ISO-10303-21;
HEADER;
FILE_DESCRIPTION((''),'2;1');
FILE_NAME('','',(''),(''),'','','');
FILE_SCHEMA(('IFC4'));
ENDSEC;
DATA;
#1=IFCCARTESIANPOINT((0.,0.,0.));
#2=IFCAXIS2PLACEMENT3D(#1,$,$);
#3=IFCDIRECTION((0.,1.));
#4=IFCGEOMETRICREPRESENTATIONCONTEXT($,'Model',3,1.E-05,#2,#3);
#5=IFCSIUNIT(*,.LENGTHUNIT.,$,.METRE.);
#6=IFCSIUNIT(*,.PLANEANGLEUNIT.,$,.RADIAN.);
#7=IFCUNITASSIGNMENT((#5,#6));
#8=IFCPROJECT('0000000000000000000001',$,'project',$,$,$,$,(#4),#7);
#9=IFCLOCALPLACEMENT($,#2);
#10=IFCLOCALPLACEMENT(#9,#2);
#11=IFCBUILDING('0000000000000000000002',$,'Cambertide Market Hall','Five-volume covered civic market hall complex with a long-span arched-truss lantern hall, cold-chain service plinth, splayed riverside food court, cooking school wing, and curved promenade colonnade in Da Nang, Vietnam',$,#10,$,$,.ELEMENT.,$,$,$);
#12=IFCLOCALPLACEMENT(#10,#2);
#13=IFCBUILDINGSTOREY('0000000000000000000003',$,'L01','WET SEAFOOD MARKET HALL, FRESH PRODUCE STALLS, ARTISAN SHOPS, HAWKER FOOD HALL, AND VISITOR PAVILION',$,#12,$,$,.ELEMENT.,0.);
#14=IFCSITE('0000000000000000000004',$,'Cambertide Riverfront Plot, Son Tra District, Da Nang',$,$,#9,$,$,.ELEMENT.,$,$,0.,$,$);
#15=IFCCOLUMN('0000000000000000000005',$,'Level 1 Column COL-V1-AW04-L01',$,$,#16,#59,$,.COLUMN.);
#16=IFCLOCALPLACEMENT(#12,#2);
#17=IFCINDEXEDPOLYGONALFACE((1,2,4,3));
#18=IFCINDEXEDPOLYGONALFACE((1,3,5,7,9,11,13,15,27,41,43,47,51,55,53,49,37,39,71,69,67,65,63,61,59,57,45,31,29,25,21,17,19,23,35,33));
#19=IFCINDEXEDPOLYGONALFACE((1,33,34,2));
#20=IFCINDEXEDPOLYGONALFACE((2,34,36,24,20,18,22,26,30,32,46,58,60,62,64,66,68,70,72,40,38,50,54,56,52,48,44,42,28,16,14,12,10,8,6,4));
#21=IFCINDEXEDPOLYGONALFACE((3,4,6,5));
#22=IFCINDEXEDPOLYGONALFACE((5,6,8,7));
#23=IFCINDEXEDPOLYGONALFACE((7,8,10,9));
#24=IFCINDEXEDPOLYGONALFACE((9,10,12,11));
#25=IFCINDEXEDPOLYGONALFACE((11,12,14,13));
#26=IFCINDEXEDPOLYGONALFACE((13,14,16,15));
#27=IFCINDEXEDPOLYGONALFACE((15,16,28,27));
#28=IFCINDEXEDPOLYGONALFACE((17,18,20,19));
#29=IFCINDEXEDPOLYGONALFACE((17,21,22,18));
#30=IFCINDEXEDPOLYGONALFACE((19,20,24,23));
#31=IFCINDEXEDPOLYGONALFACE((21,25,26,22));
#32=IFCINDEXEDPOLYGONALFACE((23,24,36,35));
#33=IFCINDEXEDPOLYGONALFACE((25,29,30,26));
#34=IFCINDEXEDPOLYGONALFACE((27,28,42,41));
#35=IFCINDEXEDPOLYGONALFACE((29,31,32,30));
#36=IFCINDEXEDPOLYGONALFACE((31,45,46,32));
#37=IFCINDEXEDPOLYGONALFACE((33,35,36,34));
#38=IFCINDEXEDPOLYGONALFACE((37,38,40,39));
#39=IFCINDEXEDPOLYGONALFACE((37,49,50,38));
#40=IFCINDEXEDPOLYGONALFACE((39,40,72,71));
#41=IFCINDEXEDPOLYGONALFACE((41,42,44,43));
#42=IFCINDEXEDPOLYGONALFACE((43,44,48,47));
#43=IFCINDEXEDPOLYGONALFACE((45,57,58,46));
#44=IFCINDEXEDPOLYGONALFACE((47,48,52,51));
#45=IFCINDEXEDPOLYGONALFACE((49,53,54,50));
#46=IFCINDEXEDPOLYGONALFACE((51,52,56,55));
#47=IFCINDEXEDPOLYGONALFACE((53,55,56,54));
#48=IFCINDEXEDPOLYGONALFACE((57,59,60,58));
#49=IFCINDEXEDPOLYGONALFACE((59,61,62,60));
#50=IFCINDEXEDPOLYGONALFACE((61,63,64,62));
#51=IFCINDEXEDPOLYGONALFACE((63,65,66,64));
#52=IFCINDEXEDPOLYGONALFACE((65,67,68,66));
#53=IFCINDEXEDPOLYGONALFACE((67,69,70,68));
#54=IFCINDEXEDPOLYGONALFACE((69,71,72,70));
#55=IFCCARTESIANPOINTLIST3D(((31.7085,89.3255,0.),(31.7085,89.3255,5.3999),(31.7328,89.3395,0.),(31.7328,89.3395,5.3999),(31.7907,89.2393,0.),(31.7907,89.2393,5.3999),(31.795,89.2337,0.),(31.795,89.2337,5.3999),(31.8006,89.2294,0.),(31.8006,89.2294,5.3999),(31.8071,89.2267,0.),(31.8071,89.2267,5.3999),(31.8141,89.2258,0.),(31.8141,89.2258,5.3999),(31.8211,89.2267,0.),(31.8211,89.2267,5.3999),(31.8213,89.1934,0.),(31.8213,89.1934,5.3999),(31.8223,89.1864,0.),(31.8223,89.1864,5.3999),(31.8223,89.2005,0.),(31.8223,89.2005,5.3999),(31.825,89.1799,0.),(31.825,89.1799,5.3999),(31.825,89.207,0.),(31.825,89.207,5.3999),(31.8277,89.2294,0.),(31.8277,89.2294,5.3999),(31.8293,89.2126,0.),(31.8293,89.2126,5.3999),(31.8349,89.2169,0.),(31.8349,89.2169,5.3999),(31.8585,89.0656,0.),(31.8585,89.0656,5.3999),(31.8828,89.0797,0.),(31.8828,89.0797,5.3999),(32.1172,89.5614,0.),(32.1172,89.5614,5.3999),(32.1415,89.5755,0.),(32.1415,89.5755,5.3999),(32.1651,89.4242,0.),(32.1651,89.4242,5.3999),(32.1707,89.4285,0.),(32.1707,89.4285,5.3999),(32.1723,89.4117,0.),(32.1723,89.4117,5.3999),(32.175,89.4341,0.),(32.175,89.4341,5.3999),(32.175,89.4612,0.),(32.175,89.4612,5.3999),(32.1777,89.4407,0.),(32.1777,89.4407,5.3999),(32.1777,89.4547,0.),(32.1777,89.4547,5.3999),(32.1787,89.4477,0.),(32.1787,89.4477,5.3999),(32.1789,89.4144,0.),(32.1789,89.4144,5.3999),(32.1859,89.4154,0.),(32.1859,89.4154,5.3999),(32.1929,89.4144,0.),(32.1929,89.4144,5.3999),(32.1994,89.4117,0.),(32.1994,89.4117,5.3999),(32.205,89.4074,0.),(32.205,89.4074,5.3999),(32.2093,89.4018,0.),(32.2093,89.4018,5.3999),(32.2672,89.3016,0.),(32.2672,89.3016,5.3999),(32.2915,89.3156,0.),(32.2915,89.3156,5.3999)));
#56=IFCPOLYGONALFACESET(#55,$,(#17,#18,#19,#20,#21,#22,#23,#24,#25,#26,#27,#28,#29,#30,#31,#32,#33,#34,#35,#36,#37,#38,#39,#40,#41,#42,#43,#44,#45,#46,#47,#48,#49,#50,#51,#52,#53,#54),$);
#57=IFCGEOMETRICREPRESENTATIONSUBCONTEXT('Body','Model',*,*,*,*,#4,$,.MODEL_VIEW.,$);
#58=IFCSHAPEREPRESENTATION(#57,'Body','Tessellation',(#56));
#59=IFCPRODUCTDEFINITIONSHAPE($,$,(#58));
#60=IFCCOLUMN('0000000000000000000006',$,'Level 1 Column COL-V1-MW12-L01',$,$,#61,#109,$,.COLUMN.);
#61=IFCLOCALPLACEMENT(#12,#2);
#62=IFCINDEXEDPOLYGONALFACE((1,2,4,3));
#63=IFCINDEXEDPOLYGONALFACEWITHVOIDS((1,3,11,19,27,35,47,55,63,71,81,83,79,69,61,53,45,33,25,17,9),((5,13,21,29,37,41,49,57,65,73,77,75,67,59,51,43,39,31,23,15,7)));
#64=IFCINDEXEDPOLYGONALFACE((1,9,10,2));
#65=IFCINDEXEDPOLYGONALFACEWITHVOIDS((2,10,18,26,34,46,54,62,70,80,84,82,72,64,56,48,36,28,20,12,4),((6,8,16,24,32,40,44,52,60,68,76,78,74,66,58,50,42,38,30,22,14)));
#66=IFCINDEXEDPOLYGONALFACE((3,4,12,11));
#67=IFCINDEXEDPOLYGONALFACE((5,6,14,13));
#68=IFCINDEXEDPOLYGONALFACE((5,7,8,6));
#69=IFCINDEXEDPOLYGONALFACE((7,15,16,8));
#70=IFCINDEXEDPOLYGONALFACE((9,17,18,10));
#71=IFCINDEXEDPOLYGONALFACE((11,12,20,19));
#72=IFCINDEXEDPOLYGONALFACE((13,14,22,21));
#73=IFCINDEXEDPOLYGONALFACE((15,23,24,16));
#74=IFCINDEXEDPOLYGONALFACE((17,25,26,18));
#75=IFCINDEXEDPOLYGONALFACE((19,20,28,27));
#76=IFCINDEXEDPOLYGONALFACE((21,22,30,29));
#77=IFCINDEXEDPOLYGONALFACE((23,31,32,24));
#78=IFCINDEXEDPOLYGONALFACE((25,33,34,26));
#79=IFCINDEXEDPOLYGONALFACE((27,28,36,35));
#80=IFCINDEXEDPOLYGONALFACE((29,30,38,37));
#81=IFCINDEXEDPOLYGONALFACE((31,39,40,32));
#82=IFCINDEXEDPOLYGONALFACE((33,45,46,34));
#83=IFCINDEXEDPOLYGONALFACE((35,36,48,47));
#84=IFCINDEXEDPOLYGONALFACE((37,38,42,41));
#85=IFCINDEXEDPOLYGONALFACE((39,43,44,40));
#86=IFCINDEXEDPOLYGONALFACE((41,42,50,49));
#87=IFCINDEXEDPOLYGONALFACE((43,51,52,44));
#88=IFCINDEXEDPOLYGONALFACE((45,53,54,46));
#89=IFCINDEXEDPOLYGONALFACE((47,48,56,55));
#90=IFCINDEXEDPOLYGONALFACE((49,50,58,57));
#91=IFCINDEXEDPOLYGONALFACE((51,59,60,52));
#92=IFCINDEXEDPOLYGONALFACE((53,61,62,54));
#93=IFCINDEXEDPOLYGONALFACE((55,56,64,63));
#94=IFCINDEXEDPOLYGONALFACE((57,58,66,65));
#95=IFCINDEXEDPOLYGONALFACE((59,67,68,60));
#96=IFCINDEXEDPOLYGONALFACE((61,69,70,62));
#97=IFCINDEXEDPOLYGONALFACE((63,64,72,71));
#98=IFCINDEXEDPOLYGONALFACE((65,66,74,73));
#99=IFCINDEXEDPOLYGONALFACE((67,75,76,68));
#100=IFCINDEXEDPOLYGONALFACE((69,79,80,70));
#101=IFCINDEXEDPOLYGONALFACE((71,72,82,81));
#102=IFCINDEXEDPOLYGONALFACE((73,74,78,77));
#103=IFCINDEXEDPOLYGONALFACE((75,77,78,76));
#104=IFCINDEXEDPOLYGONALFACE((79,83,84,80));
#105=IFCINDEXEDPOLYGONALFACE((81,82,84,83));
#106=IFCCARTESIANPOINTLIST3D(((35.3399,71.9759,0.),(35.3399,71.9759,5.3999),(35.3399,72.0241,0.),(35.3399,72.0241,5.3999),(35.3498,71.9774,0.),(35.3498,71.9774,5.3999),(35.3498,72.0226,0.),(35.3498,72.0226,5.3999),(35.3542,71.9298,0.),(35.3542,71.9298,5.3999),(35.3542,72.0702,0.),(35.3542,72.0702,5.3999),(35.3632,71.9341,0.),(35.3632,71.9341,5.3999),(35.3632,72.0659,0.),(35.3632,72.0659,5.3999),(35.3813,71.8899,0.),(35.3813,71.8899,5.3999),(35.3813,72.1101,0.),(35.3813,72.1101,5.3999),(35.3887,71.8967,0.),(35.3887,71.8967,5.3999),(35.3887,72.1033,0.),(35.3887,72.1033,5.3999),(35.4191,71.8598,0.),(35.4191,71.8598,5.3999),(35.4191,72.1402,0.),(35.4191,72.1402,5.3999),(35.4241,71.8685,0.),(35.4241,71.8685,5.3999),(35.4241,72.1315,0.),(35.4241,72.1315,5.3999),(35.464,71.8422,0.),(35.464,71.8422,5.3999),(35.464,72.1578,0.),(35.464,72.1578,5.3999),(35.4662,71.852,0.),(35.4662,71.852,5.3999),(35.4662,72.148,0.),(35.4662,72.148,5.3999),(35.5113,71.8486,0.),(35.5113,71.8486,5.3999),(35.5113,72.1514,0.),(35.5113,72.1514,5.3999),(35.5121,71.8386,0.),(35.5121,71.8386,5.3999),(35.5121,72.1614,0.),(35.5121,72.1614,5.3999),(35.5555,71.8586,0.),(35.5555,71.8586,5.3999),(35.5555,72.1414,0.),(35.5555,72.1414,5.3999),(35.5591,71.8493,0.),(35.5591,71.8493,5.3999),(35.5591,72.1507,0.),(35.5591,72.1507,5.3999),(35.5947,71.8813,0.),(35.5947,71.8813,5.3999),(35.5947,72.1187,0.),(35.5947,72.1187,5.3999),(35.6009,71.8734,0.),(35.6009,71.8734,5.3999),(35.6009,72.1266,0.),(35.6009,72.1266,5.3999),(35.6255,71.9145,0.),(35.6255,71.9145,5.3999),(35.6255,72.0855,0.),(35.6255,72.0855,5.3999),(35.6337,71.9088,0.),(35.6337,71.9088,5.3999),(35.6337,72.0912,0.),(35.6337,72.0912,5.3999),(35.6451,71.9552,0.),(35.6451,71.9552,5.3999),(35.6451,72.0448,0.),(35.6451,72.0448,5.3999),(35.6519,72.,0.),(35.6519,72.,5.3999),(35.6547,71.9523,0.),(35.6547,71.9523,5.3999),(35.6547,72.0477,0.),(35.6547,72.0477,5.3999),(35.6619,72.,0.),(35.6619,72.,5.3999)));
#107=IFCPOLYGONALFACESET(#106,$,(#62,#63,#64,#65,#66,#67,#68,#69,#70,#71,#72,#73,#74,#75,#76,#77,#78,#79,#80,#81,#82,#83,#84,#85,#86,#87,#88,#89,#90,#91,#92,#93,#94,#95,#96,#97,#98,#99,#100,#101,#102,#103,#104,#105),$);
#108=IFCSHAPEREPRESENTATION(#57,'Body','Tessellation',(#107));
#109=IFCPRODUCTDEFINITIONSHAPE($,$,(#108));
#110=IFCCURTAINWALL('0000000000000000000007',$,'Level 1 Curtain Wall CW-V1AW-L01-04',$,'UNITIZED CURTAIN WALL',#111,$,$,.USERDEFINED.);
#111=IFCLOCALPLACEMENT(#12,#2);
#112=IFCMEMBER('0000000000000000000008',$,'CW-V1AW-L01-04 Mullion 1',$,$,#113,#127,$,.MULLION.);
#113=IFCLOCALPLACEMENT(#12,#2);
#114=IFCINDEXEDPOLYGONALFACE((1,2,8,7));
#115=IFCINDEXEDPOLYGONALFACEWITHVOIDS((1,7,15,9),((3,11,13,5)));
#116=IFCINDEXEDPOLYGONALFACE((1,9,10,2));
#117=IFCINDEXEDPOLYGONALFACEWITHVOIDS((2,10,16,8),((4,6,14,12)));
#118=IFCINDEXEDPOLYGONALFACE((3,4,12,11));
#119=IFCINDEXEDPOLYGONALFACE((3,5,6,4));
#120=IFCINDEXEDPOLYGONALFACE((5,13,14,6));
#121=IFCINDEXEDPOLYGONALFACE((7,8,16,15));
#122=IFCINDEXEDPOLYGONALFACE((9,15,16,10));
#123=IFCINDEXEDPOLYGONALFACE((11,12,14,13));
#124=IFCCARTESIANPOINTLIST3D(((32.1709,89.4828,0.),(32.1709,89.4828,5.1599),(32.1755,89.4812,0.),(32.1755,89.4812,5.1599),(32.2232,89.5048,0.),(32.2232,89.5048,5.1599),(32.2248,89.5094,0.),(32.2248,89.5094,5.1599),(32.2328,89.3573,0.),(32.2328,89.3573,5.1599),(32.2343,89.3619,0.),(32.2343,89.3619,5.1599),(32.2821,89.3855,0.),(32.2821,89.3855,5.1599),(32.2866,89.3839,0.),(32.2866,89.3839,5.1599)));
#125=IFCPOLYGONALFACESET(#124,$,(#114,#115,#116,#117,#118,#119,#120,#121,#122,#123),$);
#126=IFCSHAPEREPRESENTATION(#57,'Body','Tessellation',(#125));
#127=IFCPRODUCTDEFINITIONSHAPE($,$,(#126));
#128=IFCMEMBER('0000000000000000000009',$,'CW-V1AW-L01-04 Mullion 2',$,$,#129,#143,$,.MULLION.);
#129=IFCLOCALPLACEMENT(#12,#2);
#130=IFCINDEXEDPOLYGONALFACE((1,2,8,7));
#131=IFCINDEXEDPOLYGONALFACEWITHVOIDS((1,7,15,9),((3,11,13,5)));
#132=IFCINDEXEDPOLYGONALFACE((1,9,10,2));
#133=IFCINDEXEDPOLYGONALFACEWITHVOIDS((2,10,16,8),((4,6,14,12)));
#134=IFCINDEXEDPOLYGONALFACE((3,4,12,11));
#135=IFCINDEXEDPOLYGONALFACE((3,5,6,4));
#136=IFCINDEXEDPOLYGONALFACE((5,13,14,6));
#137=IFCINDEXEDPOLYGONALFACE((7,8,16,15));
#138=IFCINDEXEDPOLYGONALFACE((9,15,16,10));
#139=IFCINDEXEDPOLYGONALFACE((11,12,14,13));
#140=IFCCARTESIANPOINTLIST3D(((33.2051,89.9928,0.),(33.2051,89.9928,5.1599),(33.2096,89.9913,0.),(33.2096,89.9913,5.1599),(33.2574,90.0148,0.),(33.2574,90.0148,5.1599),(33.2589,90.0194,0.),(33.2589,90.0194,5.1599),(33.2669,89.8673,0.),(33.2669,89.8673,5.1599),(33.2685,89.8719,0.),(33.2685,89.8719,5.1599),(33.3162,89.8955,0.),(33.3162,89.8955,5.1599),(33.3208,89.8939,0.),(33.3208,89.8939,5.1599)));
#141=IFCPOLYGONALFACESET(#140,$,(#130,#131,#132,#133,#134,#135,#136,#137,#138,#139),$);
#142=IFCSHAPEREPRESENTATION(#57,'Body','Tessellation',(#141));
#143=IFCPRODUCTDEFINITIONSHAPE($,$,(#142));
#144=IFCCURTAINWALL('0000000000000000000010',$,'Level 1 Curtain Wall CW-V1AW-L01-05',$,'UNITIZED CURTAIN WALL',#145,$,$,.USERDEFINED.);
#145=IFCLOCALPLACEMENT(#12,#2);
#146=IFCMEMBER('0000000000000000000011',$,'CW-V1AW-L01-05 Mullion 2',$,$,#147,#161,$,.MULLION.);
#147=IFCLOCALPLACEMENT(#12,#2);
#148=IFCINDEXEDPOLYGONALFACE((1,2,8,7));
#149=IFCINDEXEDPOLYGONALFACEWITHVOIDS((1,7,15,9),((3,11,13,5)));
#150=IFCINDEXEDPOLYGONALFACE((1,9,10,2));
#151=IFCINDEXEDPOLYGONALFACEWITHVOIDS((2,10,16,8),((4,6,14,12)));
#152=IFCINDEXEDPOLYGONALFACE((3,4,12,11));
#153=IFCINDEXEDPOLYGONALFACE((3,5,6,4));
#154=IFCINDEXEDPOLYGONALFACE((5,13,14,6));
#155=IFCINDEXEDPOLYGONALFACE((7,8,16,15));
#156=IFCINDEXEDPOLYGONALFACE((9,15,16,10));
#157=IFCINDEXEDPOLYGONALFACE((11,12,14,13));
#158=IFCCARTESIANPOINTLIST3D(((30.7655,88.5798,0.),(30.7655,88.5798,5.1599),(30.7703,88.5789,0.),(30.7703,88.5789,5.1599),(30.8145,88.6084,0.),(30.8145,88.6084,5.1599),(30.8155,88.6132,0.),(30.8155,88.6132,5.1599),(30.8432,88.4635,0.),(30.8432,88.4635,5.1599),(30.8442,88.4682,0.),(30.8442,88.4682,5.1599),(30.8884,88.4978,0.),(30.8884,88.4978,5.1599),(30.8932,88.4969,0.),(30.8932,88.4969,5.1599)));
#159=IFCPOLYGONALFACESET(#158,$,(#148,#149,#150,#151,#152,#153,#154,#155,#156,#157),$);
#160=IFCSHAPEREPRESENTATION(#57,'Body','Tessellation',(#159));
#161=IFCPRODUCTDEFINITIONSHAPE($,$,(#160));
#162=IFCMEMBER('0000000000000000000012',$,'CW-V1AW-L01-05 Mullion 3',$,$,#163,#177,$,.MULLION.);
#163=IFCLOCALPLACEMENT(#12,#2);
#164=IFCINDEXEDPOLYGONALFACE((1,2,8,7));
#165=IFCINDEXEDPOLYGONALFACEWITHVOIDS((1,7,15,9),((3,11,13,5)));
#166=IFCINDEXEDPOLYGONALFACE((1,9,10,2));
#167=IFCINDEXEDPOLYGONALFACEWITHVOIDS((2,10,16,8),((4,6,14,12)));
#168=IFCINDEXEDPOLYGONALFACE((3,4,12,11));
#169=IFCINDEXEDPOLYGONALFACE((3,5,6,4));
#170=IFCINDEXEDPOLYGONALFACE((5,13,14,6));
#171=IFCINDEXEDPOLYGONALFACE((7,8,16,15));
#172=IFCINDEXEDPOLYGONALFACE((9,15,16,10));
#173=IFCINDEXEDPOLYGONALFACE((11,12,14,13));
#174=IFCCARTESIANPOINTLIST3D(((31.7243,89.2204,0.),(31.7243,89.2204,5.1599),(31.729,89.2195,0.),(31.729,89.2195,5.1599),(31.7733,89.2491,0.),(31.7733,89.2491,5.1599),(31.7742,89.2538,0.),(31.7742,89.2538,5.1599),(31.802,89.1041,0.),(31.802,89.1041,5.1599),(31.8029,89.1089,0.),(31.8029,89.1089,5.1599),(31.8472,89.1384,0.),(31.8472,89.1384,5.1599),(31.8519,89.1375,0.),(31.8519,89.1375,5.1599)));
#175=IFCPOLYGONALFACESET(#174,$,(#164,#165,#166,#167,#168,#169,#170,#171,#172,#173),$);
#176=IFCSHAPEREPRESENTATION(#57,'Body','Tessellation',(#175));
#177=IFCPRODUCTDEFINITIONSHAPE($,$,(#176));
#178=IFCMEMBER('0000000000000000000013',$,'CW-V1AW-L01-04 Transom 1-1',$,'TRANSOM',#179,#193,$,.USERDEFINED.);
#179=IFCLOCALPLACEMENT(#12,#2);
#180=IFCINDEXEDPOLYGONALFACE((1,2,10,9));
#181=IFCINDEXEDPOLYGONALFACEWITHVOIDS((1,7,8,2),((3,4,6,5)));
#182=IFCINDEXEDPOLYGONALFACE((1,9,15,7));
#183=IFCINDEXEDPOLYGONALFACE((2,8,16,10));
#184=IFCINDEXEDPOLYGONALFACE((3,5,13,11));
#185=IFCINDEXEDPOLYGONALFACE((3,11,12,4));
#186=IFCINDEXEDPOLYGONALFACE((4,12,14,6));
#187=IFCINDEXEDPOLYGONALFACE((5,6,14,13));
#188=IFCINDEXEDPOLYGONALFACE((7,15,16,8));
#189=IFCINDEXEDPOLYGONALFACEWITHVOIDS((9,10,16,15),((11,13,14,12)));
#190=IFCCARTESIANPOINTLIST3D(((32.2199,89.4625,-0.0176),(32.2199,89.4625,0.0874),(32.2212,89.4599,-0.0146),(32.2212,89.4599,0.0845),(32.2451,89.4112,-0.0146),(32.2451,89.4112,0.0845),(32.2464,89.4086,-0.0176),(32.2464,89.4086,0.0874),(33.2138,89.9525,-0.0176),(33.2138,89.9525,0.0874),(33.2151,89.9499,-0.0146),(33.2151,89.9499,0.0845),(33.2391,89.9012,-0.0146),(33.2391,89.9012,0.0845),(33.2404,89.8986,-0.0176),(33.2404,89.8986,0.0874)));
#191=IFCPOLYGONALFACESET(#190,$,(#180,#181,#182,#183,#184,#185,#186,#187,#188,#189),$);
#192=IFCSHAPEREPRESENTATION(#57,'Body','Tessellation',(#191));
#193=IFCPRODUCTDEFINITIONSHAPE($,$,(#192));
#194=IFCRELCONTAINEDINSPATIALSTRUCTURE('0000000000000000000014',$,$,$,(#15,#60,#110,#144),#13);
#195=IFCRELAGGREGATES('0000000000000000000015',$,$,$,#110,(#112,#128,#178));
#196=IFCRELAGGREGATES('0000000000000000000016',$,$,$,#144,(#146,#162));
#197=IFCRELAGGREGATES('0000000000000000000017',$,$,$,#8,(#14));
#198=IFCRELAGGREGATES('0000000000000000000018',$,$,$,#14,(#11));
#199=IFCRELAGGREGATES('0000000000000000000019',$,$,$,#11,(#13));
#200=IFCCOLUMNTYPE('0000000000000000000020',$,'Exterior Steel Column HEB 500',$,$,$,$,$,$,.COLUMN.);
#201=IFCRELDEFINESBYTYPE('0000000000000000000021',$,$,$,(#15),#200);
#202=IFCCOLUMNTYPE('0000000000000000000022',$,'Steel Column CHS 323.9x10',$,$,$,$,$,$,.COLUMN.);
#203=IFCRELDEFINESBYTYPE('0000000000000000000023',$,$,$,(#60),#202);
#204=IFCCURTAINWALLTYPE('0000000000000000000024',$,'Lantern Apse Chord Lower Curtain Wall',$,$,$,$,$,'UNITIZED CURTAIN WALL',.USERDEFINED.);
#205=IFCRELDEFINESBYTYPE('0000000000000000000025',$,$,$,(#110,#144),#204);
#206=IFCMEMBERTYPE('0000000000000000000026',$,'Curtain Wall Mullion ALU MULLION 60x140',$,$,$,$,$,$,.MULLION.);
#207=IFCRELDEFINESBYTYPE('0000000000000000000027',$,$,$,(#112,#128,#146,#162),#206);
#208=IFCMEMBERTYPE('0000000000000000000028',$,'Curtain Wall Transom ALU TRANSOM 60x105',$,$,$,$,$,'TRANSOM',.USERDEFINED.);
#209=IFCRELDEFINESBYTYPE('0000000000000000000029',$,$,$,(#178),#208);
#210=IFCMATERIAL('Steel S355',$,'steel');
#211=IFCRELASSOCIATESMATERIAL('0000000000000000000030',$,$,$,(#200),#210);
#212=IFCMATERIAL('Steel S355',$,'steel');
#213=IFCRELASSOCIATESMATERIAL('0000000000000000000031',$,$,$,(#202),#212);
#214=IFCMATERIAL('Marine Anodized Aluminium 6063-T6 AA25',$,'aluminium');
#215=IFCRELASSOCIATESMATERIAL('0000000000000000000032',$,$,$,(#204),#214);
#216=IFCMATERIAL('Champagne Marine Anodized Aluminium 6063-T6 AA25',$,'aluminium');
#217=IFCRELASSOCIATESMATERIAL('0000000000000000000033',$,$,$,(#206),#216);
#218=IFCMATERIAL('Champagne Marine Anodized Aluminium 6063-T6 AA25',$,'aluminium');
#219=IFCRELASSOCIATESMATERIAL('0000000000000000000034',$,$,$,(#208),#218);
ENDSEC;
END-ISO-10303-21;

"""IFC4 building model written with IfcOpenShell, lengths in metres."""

from ifc_helpers import new_model, si_unit, direction, frame, origin, origin_2d, place, context, subcontext, project, spatial, hollow_rectangle, hollow_circle, i_section, extrude, material, material_profile, profile_set, type_object, element, aggregate, save


model = new_model("IFC4")

# Units and contexts
model_context = context("Model", 3, precision=1e-05, world=origin(), true_north=direction((0.0, 1.0)))
body_context = subcontext(model_context, "Body", "Model", "MODEL_VIEW")
ifc_project = project(units=[si_unit("LENGTHUNIT", "METRE"), si_unit("PLANEANGLEUNIT", "RADIAN")], contexts=[model_context])

# Site, building, storey
site_placement = place(None, origin())
site = spatial("IfcSite", under=ifc_project, at=site_placement, Name="Cambertide Riverfront Plot, Son Tra District, Da Nang", CompositionType="ELEMENT", RefElevation=0.0)
building_placement = place(site_placement, origin())
building = spatial("IfcBuilding", under=site, at=building_placement, Name="Cambertide Market Hall", Description="Five-volume covered civic market hall complex with a long-span arched-truss lantern hall, cold-chain service plinth, splayed riverside food court, cooking school wing, and curved promenade colonnade in Da Nang, Vietnam", CompositionType="ELEMENT")
storey_placement = place(building_placement, origin())
storey = spatial("IfcBuildingStorey", under=building, at=storey_placement, Name="L01", Description="WET SEAFOOD MARKET HALL, FRESH PRODUCE STALLS, ARTISAN SHOPS, HAWKER FOOD HALL, AND VISITOR PAVILION", CompositionType="ELEMENT", Elevation=0.0)

# Columns
ifc_material_1 = material(Name="Steel S355", Category="steel")
ifc_material_profile_1 = material_profile(ifc_material_1, i_section(OverallWidth=0.3, OverallDepth=0.5, WebThickness=0.0144, FlangeThickness=0.0281, FilletRadius=0.0271, at=origin_2d()), Name="HEB 500")
ifc_profile_set_1 = profile_set([ifc_material_profile_1], Name="Steel S355")
column_type_1 = type_object("IfcColumnType", Name="Exterior Steel Column HEB 500", PredefinedType="COLUMN", material=ifc_profile_set_1)
column_1_placement = place(storey_placement, frame((32.0, 89.3206, 0.0), z_axis=(0.0, 0.0, 1.0), x_axis=(-0.5, 0.866025, 0.0)))
element("IfcColumn", 1, at=column_1_placement, inside=storey, type_object=column_type_1, Name="Level 1 Column COL-V1-AW04-L01", PredefinedType="COLUMN", context=body_context, shape_type="SweptSolid", body=[
    extrude(i_section(OverallWidth=0.3, OverallDepth=0.5, WebThickness=0.0144, FlangeThickness=0.0281, FilletRadius=0.0271, at=origin_2d()), origin(), (0.0, 0.0, 1.0), 5.3999),
])
ifc_material_2 = material(Name="Steel S355", Category="steel")
ifc_material_profile_2 = material_profile(ifc_material_2, hollow_circle(Radius=0.1619, WallThickness=0.01, at=origin_2d()), Name="CHS 323.9x10")
ifc_profile_set_2 = profile_set([ifc_material_profile_2], Name="Steel S355")
column_type_2 = type_object("IfcColumnType", Name="Steel Column CHS 323.9x10", PredefinedType="COLUMN", material=ifc_profile_set_2)
column_2_placement = place(storey_placement, frame((35.5, 72.0, 0.0), z_axis=(0.0, 0.0, 1.0), x_axis=(1.0, 0.0, 0.0)))
element("IfcColumn", 2, at=column_2_placement, inside=storey, type_object=column_type_2, Name="Level 1 Column COL-V1-MW12-L01", PredefinedType="COLUMN", context=body_context, shape_type="SweptSolid", body=[
    extrude(hollow_circle(Radius=0.1619, WallThickness=0.01, at=origin_2d()), origin(), (0.0, 0.0, 1.0), 5.3999),
])

# Curtain walls, members
ifc_material_3 = material(Name="Marine Anodized Aluminium 6063-T6 AA25", Category="aluminium")
curtain_wall_type = type_object("IfcCurtainWallType", Name="Lantern Apse Chord Lower Curtain Wall", ElementType="UNITIZED CURTAIN WALL", PredefinedType="USERDEFINED", material=ifc_material_3)
curtain_wall_1_placement = place(storey_placement, origin())
curtain_wall_1 = element("IfcCurtainWall", 3, at=curtain_wall_1_placement, inside=storey, type_object=curtain_wall_type, Name="Level 1 Curtain Wall CW-V1AW-L01-04", ObjectType="UNITIZED CURTAIN WALL", PredefinedType="USERDEFINED")
ifc_material_4 = material(Name="Champagne Marine Anodized Aluminium 6063-T6 AA25", Category="aluminium")
ifc_material_profile_3 = material_profile(ifc_material_4, hollow_rectangle(XDim=0.0601, YDim=0.1399, WallThickness=0.0034, at=origin_2d()), Name="ALU MULLION 60x140")
ifc_profile_set_3 = profile_set([ifc_material_profile_3], Name="Champagne Marine Anodized Aluminium 6063-T6 AA25")
member_type_1 = type_object("IfcMemberType", Name="Curtain Wall Mullion ALU MULLION 60x140", PredefinedType="MULLION", material=ifc_profile_set_3)
member_1_placement = place(storey_placement, frame((32.2288, 89.4333, 0.0), z_axis=(0.0, 0.0, 1.0), x_axis=(0.896873, 0.442289, 0.0)))
member_1 = element("IfcMember", 4, at=member_1_placement, type_object=member_type_1, Name="CW-V1AW-L01-04 Mullion 1", PredefinedType="MULLION", context=body_context, shape_type="SweptSolid", body=[
    extrude(hollow_rectangle(XDim=0.0601, YDim=0.1399, WallThickness=0.0034, at=origin_2d()), origin(), (0.0, 0.0, 1.0), 5.1599),
])
member_2_placement = place(storey_placement, frame((33.2629, 89.9434, 0.0), z_axis=(0.0, 0.0, 1.0), x_axis=(0.896873, 0.442289, 0.0)))
member_2 = element("IfcMember", 5, at=member_2_placement, type_object=member_type_1, Name="CW-V1AW-L01-04 Mullion 2", PredefinedType="MULLION", context=body_context, shape_type="SweptSolid", body=[
    extrude(hollow_rectangle(XDim=0.0601, YDim=0.1399, WallThickness=0.0034, at=origin_2d()), origin(), (0.0, 0.0, 1.0), 5.1599),
])
curtain_wall_2_placement = place(storey_placement, origin())
curtain_wall_2 = element("IfcCurtainWall", 6, at=curtain_wall_2_placement, inside=storey, type_object=curtain_wall_type, Name="Level 1 Curtain Wall CW-V1AW-L01-05", ObjectType="UNITIZED CURTAIN WALL", PredefinedType="USERDEFINED")
member_3_placement = place(storey_placement, frame((30.8293, 88.5383, 0.0), z_axis=(0.0, 0.0, 1.0), x_axis=(0.83147, 0.55557, 0.0)))
member_3 = element("IfcMember", 7, at=member_3_placement, type_object=member_type_1, Name="CW-V1AW-L01-05 Mullion 2", PredefinedType="MULLION", context=body_context, shape_type="SweptSolid", body=[
    extrude(hollow_rectangle(XDim=0.0601, YDim=0.1399, WallThickness=0.0034, at=origin_2d()), origin(), (0.0, 0.0, 1.0), 5.1599),
])
member_4_placement = place(storey_placement, frame((31.7881, 89.179, 0.0), z_axis=(0.0, 0.0, 1.0), x_axis=(0.83147, 0.55557, 0.0)))
member_4 = element("IfcMember", 8, at=member_4_placement, type_object=member_type_1, Name="CW-V1AW-L01-05 Mullion 3", PredefinedType="MULLION", context=body_context, shape_type="SweptSolid", body=[
    extrude(hollow_rectangle(XDim=0.0601, YDim=0.1399, WallThickness=0.0034, at=origin_2d()), origin(), (0.0, 0.0, 1.0), 5.1599),
])

# Member
ifc_material_5 = material(Name="Champagne Marine Anodized Aluminium 6063-T6 AA25", Category="aluminium")
ifc_material_profile_4 = material_profile(ifc_material_5, hollow_rectangle(XDim=0.0601, YDim=0.105, WallThickness=0.0029, at=origin_2d()), Name="ALU TRANSOM 60x105")
ifc_profile_set_4 = profile_set([ifc_material_profile_4], Name="Champagne Marine Anodized Aluminium 6063-T6 AA25")
member_type_2 = type_object("IfcMemberType", Name="Curtain Wall Transom ALU TRANSOM 60x105", ElementType="TRANSOM", PredefinedType="USERDEFINED", material=ifc_profile_set_4)
member_5_placement = place(storey_placement, frame((32.2332, 89.4355, 0.0349), z_axis=(0.896925, 0.442183, 0.0), x_axis=(-0.442183, 0.896925, 0.0)))
member_5 = element("IfcMember", 9, at=member_5_placement, type_object=member_type_2, Name="CW-V1AW-L01-04 Transom 1-1", ObjectType="TRANSOM", PredefinedType="USERDEFINED", context=body_context, shape_type="SweptSolid", body=[
    extrude(hollow_rectangle(XDim=0.0601, YDim=0.105, WallThickness=0.0029, at=origin_2d()), origin(), (0.0, 0.0, 1.0), 1.1082),
])

aggregate(curtain_wall_1, [member_1, member_2, member_5])
aggregate(curtain_wall_2, [member_3, member_4])

save(model, "model.ifc")
